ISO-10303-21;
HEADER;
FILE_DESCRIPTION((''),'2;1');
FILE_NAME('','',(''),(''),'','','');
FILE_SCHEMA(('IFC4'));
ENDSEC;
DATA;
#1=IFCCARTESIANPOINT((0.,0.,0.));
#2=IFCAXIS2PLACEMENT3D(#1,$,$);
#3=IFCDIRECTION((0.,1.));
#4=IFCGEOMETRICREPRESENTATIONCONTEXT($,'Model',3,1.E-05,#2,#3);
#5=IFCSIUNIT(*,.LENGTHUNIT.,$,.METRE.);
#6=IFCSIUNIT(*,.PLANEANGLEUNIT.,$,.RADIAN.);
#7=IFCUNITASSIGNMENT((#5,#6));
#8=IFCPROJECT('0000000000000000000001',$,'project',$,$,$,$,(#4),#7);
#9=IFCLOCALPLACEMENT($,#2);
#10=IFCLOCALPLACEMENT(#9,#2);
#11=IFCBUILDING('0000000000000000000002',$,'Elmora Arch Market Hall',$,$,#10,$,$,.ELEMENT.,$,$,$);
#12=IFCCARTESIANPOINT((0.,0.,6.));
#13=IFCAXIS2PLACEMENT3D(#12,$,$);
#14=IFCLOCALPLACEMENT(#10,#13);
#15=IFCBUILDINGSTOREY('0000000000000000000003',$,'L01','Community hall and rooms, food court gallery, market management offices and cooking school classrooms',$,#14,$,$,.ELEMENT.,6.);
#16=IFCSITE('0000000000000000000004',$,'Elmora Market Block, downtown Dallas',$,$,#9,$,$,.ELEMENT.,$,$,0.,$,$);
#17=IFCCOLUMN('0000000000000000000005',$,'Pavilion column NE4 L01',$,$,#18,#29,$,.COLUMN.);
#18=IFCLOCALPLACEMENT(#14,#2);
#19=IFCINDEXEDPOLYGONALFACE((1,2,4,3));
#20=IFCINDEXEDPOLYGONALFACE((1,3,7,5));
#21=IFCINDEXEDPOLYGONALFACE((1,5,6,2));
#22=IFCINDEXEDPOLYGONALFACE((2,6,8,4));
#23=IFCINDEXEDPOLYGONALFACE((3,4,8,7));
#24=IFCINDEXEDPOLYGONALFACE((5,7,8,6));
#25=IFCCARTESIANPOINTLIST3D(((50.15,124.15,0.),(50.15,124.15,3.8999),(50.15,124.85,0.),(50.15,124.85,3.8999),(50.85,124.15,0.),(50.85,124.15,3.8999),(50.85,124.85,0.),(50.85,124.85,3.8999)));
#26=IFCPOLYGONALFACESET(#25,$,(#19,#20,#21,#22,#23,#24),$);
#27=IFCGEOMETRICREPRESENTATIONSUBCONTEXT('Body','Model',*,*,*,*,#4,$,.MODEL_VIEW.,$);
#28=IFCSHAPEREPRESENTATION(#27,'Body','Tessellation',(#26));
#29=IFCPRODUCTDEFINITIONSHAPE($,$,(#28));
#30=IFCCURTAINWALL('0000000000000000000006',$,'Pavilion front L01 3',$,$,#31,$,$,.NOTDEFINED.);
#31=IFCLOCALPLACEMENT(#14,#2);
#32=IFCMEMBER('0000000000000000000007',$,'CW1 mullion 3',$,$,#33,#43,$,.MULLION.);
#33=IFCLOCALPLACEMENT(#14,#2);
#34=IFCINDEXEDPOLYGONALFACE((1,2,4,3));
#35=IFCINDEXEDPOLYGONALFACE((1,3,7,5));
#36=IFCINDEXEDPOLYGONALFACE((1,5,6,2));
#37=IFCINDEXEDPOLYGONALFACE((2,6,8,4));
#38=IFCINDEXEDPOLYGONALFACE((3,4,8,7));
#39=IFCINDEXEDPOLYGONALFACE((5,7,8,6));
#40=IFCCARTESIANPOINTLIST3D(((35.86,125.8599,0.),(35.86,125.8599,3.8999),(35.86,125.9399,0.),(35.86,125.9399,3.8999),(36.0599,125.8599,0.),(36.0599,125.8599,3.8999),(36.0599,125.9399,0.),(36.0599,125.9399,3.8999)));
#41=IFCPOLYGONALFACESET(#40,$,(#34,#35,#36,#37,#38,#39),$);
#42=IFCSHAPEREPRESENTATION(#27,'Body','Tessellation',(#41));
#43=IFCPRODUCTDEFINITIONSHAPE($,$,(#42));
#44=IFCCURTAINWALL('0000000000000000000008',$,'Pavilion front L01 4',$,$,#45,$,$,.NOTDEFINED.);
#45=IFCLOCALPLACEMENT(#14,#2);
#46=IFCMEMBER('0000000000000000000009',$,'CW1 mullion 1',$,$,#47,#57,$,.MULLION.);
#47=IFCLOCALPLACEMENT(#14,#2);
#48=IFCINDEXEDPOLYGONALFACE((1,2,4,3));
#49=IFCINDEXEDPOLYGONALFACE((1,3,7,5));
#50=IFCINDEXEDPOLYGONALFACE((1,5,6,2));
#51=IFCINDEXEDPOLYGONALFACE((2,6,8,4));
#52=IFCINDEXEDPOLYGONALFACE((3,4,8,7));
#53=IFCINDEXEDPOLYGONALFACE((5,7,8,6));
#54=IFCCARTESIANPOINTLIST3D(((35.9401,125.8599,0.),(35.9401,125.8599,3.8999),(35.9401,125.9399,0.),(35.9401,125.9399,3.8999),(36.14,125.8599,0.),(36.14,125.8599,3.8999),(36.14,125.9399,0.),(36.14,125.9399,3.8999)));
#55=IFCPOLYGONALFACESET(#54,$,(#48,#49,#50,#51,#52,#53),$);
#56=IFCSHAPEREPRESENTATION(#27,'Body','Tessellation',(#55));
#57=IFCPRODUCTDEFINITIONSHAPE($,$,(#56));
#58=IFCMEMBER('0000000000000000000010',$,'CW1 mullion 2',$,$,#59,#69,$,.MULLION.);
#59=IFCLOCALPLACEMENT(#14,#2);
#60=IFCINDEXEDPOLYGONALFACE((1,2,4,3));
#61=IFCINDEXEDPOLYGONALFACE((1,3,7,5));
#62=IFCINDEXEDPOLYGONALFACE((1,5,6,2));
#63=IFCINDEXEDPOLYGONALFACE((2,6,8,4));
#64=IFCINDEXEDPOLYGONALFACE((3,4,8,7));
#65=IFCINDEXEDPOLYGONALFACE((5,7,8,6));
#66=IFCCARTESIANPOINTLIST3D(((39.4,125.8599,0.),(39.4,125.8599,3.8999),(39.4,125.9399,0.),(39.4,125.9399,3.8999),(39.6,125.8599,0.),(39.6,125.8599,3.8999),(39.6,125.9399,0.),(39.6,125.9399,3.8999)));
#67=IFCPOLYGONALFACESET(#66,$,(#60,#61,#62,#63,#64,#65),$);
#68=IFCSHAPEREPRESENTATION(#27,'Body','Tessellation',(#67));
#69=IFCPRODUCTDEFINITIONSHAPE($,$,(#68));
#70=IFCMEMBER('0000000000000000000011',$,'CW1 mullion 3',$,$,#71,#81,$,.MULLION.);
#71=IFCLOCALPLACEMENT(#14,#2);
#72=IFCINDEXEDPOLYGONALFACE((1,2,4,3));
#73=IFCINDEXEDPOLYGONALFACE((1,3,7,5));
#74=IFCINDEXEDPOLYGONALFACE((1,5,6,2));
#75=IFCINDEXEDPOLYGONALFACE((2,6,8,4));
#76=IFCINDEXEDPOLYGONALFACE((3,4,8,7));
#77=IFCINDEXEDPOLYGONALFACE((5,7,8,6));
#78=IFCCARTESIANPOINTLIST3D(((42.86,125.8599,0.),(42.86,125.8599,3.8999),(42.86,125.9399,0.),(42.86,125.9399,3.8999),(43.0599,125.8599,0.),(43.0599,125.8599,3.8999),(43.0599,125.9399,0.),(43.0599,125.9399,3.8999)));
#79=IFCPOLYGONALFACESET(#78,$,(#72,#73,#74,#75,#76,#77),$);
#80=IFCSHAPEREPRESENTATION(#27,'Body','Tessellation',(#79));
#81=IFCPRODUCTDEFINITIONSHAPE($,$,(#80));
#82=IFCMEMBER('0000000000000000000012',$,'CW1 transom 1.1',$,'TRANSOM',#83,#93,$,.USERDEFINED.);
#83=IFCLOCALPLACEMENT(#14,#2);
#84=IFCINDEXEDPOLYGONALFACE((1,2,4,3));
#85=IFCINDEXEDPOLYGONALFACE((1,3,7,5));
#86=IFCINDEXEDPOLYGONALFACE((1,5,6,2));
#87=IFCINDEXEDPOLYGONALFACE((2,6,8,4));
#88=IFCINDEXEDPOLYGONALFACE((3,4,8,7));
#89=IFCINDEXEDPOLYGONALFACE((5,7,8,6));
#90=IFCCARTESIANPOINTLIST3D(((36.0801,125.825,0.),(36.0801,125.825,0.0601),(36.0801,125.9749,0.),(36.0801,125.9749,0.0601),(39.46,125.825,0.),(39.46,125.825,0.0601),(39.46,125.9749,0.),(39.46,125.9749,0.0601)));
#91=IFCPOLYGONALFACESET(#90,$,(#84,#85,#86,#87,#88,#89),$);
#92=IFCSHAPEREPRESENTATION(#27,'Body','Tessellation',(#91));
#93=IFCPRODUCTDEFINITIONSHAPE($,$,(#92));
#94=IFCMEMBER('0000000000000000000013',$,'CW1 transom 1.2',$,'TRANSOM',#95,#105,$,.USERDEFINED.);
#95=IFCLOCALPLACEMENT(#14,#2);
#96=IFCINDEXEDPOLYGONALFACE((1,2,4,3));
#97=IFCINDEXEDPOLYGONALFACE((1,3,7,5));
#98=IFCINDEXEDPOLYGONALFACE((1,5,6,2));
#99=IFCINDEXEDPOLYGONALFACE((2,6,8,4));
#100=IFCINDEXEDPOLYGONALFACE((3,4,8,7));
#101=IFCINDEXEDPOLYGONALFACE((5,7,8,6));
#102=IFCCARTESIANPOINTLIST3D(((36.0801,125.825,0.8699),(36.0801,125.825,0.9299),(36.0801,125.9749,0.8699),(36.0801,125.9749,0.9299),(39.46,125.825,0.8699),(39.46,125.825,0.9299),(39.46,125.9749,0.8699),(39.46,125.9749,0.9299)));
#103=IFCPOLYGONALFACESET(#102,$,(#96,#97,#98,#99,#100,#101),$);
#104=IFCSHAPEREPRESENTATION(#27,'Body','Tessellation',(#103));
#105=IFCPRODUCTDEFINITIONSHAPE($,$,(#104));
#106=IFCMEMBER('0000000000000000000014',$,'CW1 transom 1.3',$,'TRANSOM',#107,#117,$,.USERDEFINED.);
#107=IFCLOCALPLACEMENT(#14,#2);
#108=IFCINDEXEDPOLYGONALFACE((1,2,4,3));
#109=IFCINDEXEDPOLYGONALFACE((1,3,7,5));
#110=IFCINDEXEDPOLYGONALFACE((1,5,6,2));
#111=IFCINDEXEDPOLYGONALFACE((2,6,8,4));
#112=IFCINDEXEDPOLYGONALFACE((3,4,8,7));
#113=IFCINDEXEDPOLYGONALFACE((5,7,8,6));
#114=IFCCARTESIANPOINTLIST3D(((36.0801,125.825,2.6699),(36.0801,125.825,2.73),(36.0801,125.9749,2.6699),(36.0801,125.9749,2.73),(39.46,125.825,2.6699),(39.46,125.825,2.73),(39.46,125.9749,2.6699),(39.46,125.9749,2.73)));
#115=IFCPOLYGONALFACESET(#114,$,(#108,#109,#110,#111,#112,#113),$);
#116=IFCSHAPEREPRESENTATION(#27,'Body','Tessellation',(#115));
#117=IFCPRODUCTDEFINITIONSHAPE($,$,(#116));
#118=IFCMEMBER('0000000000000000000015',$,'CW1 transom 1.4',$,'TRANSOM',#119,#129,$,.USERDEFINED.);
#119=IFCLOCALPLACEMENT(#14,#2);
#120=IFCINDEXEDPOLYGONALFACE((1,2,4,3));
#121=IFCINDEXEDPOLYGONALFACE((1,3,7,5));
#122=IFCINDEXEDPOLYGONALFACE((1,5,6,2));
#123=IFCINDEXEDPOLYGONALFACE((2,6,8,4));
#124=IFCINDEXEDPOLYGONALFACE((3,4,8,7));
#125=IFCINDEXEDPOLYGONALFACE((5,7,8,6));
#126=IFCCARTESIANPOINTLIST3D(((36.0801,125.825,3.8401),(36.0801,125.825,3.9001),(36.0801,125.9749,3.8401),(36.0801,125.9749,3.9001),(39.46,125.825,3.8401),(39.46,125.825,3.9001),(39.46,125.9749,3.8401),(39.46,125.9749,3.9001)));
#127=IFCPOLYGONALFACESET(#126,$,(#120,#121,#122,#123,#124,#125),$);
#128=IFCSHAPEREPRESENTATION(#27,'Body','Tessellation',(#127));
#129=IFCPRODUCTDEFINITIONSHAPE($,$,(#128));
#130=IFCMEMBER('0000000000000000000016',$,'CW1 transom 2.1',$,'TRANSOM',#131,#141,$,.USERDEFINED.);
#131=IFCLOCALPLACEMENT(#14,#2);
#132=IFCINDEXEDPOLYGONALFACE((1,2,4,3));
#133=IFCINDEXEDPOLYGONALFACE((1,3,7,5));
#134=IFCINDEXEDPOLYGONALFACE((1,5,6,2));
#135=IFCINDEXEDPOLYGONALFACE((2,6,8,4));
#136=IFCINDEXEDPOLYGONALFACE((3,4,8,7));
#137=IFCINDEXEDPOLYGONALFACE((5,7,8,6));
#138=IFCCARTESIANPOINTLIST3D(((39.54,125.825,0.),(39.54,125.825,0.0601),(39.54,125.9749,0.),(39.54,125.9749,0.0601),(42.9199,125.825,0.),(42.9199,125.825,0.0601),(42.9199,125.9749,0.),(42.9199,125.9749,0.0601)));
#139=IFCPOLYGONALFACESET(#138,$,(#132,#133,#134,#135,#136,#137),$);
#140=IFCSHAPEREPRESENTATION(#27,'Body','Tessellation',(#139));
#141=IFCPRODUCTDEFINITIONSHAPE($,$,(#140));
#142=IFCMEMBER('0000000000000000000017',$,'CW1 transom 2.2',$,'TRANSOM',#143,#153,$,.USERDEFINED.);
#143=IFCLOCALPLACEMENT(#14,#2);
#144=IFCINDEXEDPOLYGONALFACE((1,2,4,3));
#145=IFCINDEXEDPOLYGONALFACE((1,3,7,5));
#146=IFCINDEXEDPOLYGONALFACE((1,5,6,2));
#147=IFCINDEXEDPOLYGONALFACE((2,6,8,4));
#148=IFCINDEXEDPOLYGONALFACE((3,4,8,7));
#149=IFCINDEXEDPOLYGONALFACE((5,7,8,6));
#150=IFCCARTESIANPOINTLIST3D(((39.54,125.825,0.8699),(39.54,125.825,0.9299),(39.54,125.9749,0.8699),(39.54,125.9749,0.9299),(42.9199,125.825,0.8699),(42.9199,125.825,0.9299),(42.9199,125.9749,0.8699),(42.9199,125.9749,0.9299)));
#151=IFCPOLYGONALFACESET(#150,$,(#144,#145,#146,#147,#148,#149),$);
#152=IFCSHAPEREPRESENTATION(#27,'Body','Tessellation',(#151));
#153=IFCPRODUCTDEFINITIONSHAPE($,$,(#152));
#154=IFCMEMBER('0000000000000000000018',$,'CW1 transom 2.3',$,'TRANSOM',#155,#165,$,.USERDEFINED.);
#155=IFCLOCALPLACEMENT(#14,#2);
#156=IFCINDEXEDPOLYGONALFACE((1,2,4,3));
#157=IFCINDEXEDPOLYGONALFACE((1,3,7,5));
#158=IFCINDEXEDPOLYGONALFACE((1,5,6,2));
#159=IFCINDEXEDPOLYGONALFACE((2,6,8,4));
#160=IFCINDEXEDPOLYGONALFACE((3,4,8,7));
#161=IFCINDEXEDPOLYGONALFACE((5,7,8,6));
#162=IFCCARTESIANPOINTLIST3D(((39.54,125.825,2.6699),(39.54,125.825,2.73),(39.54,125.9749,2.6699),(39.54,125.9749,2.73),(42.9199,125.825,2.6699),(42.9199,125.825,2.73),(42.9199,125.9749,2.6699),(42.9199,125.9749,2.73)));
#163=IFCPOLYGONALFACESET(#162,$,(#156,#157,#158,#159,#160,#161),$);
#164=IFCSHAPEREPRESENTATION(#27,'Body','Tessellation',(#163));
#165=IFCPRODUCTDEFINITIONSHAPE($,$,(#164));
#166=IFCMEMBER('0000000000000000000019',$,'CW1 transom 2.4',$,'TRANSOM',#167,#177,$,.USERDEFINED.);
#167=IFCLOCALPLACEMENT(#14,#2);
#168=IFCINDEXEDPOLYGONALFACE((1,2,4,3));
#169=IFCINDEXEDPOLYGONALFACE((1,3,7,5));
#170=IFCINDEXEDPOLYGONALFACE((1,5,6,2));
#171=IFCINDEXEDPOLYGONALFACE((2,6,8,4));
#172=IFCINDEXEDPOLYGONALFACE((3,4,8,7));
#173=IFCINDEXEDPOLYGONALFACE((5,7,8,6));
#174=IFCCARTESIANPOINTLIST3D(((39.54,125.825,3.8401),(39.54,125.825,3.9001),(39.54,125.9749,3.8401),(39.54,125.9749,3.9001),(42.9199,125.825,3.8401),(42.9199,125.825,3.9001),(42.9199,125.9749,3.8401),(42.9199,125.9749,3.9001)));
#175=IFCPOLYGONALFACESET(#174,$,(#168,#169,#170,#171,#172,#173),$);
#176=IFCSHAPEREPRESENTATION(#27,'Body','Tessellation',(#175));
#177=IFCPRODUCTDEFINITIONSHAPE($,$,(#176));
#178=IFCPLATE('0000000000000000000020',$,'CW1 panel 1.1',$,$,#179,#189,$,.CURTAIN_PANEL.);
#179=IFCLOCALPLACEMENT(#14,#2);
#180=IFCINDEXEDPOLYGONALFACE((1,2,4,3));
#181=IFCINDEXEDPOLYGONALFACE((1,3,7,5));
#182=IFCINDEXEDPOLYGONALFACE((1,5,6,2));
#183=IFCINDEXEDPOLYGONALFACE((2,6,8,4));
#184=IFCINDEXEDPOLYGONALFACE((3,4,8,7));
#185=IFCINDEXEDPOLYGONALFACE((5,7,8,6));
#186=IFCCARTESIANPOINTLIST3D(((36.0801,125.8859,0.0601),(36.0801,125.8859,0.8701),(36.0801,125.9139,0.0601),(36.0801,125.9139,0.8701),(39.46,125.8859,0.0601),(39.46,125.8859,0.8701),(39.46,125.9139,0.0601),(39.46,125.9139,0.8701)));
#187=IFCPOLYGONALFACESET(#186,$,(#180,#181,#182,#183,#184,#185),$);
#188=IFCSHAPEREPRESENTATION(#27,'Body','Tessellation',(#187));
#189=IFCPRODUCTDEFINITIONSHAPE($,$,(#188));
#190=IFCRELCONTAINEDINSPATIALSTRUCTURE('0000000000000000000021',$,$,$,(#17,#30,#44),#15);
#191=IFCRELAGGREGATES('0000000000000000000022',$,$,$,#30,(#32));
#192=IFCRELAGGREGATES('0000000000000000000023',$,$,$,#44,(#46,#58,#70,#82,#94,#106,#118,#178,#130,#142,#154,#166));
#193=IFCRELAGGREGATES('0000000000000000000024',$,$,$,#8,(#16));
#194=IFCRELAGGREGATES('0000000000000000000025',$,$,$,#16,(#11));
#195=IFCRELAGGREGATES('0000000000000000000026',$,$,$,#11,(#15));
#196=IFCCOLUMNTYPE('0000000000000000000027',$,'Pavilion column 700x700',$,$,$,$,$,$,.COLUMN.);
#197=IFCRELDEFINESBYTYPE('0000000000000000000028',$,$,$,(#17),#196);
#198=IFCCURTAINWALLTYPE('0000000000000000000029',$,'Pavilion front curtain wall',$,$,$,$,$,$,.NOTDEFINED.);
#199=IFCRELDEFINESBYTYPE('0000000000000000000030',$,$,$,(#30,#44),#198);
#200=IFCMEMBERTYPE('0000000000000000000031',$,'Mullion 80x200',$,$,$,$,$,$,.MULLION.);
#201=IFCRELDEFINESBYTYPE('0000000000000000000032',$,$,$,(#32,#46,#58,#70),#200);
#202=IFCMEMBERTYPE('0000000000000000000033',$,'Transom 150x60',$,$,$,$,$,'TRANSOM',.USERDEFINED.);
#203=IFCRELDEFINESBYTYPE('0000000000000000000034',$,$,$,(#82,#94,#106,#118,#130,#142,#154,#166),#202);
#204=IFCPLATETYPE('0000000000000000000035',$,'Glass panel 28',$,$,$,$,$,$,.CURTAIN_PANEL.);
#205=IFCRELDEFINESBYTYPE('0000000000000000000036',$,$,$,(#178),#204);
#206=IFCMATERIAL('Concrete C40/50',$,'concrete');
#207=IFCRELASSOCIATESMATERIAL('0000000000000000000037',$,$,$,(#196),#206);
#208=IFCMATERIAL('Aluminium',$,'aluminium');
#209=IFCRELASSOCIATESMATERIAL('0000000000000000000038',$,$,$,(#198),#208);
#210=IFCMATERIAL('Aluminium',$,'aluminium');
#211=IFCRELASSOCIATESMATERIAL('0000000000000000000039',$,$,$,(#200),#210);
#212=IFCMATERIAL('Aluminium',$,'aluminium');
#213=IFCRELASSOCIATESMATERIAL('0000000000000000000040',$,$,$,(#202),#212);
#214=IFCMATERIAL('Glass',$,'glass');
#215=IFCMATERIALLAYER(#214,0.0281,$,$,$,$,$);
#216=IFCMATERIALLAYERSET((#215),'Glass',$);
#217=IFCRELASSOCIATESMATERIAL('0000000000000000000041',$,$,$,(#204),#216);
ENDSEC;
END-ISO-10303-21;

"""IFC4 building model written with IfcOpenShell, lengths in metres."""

from ifc_helpers import new_model, si_unit, direction, frame, origin, origin_2d, place, context, subcontext, project, spatial, rectangle, extrude, material, layer, layer_set, material_profile, profile_set, type_object, element, aggregate, save


model = new_model("IFC4")

# Units and contexts
model_context = context("Model", 3, precision=1e-05, world=origin(), true_north=direction((0.0, 1.0)))
body_context = subcontext(model_context, "Body", "Model", "MODEL_VIEW")
ifc_project = project(units=[si_unit("LENGTHUNIT", "METRE"), si_unit("PLANEANGLEUNIT", "RADIAN")], contexts=[model_context])

# Site, building, storey
site_placement = place(None, origin())
site = spatial("IfcSite", under=ifc_project, at=site_placement, Name="Elmora Market Block, downtown Dallas", CompositionType="ELEMENT", RefElevation=0.0)
building_placement = place(site_placement, origin())
building = spatial("IfcBuilding", under=site, at=building_placement, Name="Elmora Arch Market Hall", CompositionType="ELEMENT")
storey_placement = place(building_placement, frame((0.0, 0.0, 6.0)))
storey = spatial("IfcBuildingStorey", under=building, at=storey_placement, Name="L01", Description="Community hall and rooms, food court gallery, market management offices and cooking school classrooms", CompositionType="ELEMENT", Elevation=6.0)

# Column
ifc_material_1 = material(Name="Concrete C40/50", Category="concrete")
ifc_material_profile_1 = material_profile(ifc_material_1, rectangle(XDim=0.7, YDim=0.7, at=origin_2d()), Name="Pavilion column 700x700")
ifc_profile_set_1 = profile_set([ifc_material_profile_1], Name="Concrete C40/50")
column_type = type_object("IfcColumnType", Name="Pavilion column 700x700", PredefinedType="COLUMN", material=ifc_profile_set_1)
column_placement = place(storey_placement, frame((50.5, 124.5, 0.0), z_axis=(0.0, 0.0, 1.0), x_axis=(1.0, 0.0, 0.0)))
element("IfcColumn", 1, at=column_placement, inside=storey, type_object=column_type, Name="Pavilion column NE4 L01", PredefinedType="COLUMN", context=body_context, shape_type="SweptSolid", body=[
    extrude(rectangle(XDim=0.7, YDim=0.7, at=origin_2d()), origin(), (0.0, 0.0, 1.0), 3.8999),
])

# Curtain wall, member
ifc_material_2 = material(Name="Aluminium", Category="aluminium")
curtain_wall_type = type_object("IfcCurtainWallType", Name="Pavilion front curtain wall", PredefinedType="NOTDEFINED", material=ifc_material_2)
curtain_wall_1_placement = place(storey_placement, origin())
curtain_wall_1 = element("IfcCurtainWall", 2, at=curtain_wall_1_placement, inside=storey, type_object=curtain_wall_type, Name="Pavilion front L01 3", PredefinedType="NOTDEFINED")
ifc_material_3 = material(Name="Aluminium", Category="aluminium")
ifc_material_profile_2 = material_profile(ifc_material_3, rectangle(XDim=0.0801, YDim=0.2, at=origin_2d()), Name="AL 80x200")
ifc_profile_set_2 = profile_set([ifc_material_profile_2], Name="Aluminium")
member_type_1 = type_object("IfcMemberType", Name="Mullion 80x200", PredefinedType="MULLION", material=ifc_profile_set_2)
member_1_placement = place(storey_placement, frame((35.96, 125.8999, 0.0), z_axis=(0.0, 0.0, 1.0), x_axis=(0.0, 1.0, 0.0)))
member_1 = element("IfcMember", 3, at=member_1_placement, type_object=member_type_1, Name="CW1 mullion 3", PredefinedType="MULLION", context=body_context, shape_type="SweptSolid", body=[
    extrude(rectangle(XDim=0.0801, YDim=0.2, at=origin_2d()), origin(), (0.0, 0.0, 1.0), 3.8999),
])
aggregate(curtain_wall_1, [member_1])

# Curtain wall, members, plate
curtain_wall_2_placement = place(storey_placement, origin())
curtain_wall_2 = element("IfcCurtainWall", 4, at=curtain_wall_2_placement, inside=storey, type_object=curtain_wall_type, Name="Pavilion front L01 4", PredefinedType="NOTDEFINED")
member_2_placement = place(storey_placement, frame((36.04, 125.8999, 0.0), z_axis=(0.0, 0.0, 1.0), x_axis=(0.0, 1.0, 0.0)))
member_2 = element("IfcMember", 5, at=member_2_placement, type_object=member_type_1, Name="CW1 mullion 1", PredefinedType="MULLION", context=body_context, shape_type="SweptSolid", body=[
    extrude(rectangle(XDim=0.0801, YDim=0.2, at=origin_2d()), origin(), (0.0, 0.0, 1.0), 3.8999),
])
member_3_placement = place(storey_placement, frame((39.5, 125.8999, 0.0), z_axis=(0.0, 0.0, 1.0), x_axis=(0.0, 1.0, 0.0)))
member_3 = element("IfcMember", 6, at=member_3_placement, type_object=member_type_1, Name="CW1 mullion 2", PredefinedType="MULLION", context=body_context, shape_type="SweptSolid", body=[
    extrude(rectangle(XDim=0.0801, YDim=0.2, at=origin_2d()), origin(), (0.0, 0.0, 1.0), 3.8999),
])
member_4_placement = place(storey_placement, frame((42.96, 125.8999, 0.0), z_axis=(0.0, 0.0, 1.0), x_axis=(0.0, 1.0, 0.0)))
member_4 = element("IfcMember", 7, at=member_4_placement, type_object=member_type_1, Name="CW1 mullion 3", PredefinedType="MULLION", context=body_context, shape_type="SweptSolid", body=[
    extrude(rectangle(XDim=0.0801, YDim=0.2, at=origin_2d()), origin(), (0.0, 0.0, 1.0), 3.8999),
])
ifc_material_4 = material(Name="Aluminium", Category="aluminium")
ifc_material_profile_3 = material_profile(ifc_material_4, rectangle(XDim=0.1499, YDim=0.0601, at=origin_2d()), Name="AL 150x60")
ifc_profile_set_3 = profile_set([ifc_material_profile_3], Name="Aluminium")
member_type_2 = type_object("IfcMemberType", Name="Transom 150x60", ElementType="TRANSOM", PredefinedType="USERDEFINED", material=ifc_profile_set_3)
member_5_placement = place(storey_placement, frame((36.0801, 125.8999, 0.03), z_axis=(1.0, 0.0, 0.0), x_axis=(0.0, 1.0, 0.0)))
member_5 = element("IfcMember", 8, at=member_5_placement, type_object=member_type_2, Name="CW1 transom 1.1", ObjectType="TRANSOM", PredefinedType="USERDEFINED", context=body_context, shape_type="SweptSolid", body=[
    extrude(rectangle(XDim=0.1499, YDim=0.0601, at=origin_2d()), origin(), (0.0, 0.0, 1.0), 3.3799),
])
member_6_placement = place(storey_placement, frame((36.0801, 125.8999, 0.8999), z_axis=(1.0, 0.0, 0.0), x_axis=(0.0, 1.0, 0.0)))
member_6 = element("IfcMember", 9, at=member_6_placement, type_object=member_type_2, Name="CW1 transom 1.2", ObjectType="TRANSOM", PredefinedType="USERDEFINED", context=body_context, shape_type="SweptSolid", body=[
    extrude(rectangle(XDim=0.1499, YDim=0.0601, at=origin_2d()), origin(), (0.0, 0.0, 1.0), 3.3799),
])
member_7_placement = place(storey_placement, frame((36.0801, 125.8999, 2.7), z_axis=(1.0, 0.0, 0.0), x_axis=(0.0, 1.0, 0.0)))
member_7 = element("IfcMember", 10, at=member_7_placement, type_object=member_type_2, Name="CW1 transom 1.3", ObjectType="TRANSOM", PredefinedType="USERDEFINED", context=body_context, shape_type="SweptSolid", body=[
    extrude(rectangle(XDim=0.1499, YDim=0.0601, at=origin_2d()), origin(), (0.0, 0.0, 1.0), 3.3799),
])
member_8_placement = place(storey_placement, frame((36.0801, 125.8999, 3.8701), z_axis=(1.0, 0.0, 0.0), x_axis=(0.0, 1.0, 0.0)))
member_8 = element("IfcMember", 11, at=member_8_placement, type_object=member_type_2, Name="CW1 transom 1.4", ObjectType="TRANSOM", PredefinedType="USERDEFINED", context=body_context, shape_type="SweptSolid", body=[
    extrude(rectangle(XDim=0.1499, YDim=0.0601, at=origin_2d()), origin(), (0.0, 0.0, 1.0), 3.3799),
])
member_9_placement = place(storey_placement, frame((39.54, 125.8999, 0.03), z_axis=(1.0, 0.0, 0.0), x_axis=(0.0, 1.0, 0.0)))
member_9 = element("IfcMember", 12, at=member_9_placement, type_object=member_type_2, Name="CW1 transom 2.1", ObjectType="TRANSOM", PredefinedType="USERDEFINED", context=body_context, shape_type="SweptSolid", body=[
    extrude(rectangle(XDim=0.1499, YDim=0.0601, at=origin_2d()), origin(), (0.0, 0.0, 1.0), 3.3799),
])
member_10_placement = place(storey_placement, frame((39.54, 125.8999, 0.8999), z_axis=(1.0, 0.0, 0.0), x_axis=(0.0, 1.0, 0.0)))
member_10 = element("IfcMember", 13, at=member_10_placement, type_object=member_type_2, Name="CW1 transom 2.2", ObjectType="TRANSOM", PredefinedType="USERDEFINED", context=body_context, shape_type="SweptSolid", body=[
    extrude(rectangle(XDim=0.1499, YDim=0.0601, at=origin_2d()), origin(), (0.0, 0.0, 1.0), 3.3799),
])
member_11_placement = place(storey_placement, frame((39.54, 125.8999, 2.7), z_axis=(1.0, 0.0, 0.0), x_axis=(0.0, 1.0, 0.0)))
member_11 = element("IfcMember", 14, at=member_11_placement, type_object=member_type_2, Name="CW1 transom 2.3", ObjectType="TRANSOM", PredefinedType="USERDEFINED", context=body_context, shape_type="SweptSolid", body=[
    extrude(rectangle(XDim=0.1499, YDim=0.0601, at=origin_2d()), origin(), (0.0, 0.0, 1.0), 3.3799),
])
member_12_placement = place(storey_placement, frame((39.54, 125.8999, 3.8701), z_axis=(1.0, 0.0, 0.0), x_axis=(0.0, 1.0, 0.0)))
member_12 = element("IfcMember", 15, at=member_12_placement, type_object=member_type_2, Name="CW1 transom 2.4", ObjectType="TRANSOM", PredefinedType="USERDEFINED", context=body_context, shape_type="SweptSolid", body=[
    extrude(rectangle(XDim=0.1499, YDim=0.0601, at=origin_2d()), origin(), (0.0, 0.0, 1.0), 3.3799),
])
ifc_material_5 = material(Name="Glass", Category="glass")
ifc_layer_1 = layer(ifc_material_5, 0.0281)
ifc_layer_set_1 = layer_set([ifc_layer_1], Name="Glass")
plate_type = type_object("IfcPlateType", Name="Glass panel 28", PredefinedType="CURTAIN_PANEL", material=ifc_layer_set_1)
plate_1_placement = place(storey_placement, frame((37.77, 125.8999, 0.0601), z_axis=(0.0, 0.0, 1.0), x_axis=(1.0, 0.0, 0.0)))
plate_1 = element("IfcPlate", 16, at=plate_1_placement, type_object=plate_type, Name="CW1 panel 1.1", PredefinedType="CURTAIN_PANEL", context=body_context, shape_type="SweptSolid", body=[
    extrude(rectangle(XDim=3.3799, YDim=0.0281, at=origin_2d()), origin(), (0.0, 0.0, 1.0), 0.8101),
])
aggregate(curtain_wall_2, [member_2, member_3, member_4, member_5, member_6, member_7, member_8, plate_1, member_9, member_10, member_11, member_12])

save(model, "model.ifc")
